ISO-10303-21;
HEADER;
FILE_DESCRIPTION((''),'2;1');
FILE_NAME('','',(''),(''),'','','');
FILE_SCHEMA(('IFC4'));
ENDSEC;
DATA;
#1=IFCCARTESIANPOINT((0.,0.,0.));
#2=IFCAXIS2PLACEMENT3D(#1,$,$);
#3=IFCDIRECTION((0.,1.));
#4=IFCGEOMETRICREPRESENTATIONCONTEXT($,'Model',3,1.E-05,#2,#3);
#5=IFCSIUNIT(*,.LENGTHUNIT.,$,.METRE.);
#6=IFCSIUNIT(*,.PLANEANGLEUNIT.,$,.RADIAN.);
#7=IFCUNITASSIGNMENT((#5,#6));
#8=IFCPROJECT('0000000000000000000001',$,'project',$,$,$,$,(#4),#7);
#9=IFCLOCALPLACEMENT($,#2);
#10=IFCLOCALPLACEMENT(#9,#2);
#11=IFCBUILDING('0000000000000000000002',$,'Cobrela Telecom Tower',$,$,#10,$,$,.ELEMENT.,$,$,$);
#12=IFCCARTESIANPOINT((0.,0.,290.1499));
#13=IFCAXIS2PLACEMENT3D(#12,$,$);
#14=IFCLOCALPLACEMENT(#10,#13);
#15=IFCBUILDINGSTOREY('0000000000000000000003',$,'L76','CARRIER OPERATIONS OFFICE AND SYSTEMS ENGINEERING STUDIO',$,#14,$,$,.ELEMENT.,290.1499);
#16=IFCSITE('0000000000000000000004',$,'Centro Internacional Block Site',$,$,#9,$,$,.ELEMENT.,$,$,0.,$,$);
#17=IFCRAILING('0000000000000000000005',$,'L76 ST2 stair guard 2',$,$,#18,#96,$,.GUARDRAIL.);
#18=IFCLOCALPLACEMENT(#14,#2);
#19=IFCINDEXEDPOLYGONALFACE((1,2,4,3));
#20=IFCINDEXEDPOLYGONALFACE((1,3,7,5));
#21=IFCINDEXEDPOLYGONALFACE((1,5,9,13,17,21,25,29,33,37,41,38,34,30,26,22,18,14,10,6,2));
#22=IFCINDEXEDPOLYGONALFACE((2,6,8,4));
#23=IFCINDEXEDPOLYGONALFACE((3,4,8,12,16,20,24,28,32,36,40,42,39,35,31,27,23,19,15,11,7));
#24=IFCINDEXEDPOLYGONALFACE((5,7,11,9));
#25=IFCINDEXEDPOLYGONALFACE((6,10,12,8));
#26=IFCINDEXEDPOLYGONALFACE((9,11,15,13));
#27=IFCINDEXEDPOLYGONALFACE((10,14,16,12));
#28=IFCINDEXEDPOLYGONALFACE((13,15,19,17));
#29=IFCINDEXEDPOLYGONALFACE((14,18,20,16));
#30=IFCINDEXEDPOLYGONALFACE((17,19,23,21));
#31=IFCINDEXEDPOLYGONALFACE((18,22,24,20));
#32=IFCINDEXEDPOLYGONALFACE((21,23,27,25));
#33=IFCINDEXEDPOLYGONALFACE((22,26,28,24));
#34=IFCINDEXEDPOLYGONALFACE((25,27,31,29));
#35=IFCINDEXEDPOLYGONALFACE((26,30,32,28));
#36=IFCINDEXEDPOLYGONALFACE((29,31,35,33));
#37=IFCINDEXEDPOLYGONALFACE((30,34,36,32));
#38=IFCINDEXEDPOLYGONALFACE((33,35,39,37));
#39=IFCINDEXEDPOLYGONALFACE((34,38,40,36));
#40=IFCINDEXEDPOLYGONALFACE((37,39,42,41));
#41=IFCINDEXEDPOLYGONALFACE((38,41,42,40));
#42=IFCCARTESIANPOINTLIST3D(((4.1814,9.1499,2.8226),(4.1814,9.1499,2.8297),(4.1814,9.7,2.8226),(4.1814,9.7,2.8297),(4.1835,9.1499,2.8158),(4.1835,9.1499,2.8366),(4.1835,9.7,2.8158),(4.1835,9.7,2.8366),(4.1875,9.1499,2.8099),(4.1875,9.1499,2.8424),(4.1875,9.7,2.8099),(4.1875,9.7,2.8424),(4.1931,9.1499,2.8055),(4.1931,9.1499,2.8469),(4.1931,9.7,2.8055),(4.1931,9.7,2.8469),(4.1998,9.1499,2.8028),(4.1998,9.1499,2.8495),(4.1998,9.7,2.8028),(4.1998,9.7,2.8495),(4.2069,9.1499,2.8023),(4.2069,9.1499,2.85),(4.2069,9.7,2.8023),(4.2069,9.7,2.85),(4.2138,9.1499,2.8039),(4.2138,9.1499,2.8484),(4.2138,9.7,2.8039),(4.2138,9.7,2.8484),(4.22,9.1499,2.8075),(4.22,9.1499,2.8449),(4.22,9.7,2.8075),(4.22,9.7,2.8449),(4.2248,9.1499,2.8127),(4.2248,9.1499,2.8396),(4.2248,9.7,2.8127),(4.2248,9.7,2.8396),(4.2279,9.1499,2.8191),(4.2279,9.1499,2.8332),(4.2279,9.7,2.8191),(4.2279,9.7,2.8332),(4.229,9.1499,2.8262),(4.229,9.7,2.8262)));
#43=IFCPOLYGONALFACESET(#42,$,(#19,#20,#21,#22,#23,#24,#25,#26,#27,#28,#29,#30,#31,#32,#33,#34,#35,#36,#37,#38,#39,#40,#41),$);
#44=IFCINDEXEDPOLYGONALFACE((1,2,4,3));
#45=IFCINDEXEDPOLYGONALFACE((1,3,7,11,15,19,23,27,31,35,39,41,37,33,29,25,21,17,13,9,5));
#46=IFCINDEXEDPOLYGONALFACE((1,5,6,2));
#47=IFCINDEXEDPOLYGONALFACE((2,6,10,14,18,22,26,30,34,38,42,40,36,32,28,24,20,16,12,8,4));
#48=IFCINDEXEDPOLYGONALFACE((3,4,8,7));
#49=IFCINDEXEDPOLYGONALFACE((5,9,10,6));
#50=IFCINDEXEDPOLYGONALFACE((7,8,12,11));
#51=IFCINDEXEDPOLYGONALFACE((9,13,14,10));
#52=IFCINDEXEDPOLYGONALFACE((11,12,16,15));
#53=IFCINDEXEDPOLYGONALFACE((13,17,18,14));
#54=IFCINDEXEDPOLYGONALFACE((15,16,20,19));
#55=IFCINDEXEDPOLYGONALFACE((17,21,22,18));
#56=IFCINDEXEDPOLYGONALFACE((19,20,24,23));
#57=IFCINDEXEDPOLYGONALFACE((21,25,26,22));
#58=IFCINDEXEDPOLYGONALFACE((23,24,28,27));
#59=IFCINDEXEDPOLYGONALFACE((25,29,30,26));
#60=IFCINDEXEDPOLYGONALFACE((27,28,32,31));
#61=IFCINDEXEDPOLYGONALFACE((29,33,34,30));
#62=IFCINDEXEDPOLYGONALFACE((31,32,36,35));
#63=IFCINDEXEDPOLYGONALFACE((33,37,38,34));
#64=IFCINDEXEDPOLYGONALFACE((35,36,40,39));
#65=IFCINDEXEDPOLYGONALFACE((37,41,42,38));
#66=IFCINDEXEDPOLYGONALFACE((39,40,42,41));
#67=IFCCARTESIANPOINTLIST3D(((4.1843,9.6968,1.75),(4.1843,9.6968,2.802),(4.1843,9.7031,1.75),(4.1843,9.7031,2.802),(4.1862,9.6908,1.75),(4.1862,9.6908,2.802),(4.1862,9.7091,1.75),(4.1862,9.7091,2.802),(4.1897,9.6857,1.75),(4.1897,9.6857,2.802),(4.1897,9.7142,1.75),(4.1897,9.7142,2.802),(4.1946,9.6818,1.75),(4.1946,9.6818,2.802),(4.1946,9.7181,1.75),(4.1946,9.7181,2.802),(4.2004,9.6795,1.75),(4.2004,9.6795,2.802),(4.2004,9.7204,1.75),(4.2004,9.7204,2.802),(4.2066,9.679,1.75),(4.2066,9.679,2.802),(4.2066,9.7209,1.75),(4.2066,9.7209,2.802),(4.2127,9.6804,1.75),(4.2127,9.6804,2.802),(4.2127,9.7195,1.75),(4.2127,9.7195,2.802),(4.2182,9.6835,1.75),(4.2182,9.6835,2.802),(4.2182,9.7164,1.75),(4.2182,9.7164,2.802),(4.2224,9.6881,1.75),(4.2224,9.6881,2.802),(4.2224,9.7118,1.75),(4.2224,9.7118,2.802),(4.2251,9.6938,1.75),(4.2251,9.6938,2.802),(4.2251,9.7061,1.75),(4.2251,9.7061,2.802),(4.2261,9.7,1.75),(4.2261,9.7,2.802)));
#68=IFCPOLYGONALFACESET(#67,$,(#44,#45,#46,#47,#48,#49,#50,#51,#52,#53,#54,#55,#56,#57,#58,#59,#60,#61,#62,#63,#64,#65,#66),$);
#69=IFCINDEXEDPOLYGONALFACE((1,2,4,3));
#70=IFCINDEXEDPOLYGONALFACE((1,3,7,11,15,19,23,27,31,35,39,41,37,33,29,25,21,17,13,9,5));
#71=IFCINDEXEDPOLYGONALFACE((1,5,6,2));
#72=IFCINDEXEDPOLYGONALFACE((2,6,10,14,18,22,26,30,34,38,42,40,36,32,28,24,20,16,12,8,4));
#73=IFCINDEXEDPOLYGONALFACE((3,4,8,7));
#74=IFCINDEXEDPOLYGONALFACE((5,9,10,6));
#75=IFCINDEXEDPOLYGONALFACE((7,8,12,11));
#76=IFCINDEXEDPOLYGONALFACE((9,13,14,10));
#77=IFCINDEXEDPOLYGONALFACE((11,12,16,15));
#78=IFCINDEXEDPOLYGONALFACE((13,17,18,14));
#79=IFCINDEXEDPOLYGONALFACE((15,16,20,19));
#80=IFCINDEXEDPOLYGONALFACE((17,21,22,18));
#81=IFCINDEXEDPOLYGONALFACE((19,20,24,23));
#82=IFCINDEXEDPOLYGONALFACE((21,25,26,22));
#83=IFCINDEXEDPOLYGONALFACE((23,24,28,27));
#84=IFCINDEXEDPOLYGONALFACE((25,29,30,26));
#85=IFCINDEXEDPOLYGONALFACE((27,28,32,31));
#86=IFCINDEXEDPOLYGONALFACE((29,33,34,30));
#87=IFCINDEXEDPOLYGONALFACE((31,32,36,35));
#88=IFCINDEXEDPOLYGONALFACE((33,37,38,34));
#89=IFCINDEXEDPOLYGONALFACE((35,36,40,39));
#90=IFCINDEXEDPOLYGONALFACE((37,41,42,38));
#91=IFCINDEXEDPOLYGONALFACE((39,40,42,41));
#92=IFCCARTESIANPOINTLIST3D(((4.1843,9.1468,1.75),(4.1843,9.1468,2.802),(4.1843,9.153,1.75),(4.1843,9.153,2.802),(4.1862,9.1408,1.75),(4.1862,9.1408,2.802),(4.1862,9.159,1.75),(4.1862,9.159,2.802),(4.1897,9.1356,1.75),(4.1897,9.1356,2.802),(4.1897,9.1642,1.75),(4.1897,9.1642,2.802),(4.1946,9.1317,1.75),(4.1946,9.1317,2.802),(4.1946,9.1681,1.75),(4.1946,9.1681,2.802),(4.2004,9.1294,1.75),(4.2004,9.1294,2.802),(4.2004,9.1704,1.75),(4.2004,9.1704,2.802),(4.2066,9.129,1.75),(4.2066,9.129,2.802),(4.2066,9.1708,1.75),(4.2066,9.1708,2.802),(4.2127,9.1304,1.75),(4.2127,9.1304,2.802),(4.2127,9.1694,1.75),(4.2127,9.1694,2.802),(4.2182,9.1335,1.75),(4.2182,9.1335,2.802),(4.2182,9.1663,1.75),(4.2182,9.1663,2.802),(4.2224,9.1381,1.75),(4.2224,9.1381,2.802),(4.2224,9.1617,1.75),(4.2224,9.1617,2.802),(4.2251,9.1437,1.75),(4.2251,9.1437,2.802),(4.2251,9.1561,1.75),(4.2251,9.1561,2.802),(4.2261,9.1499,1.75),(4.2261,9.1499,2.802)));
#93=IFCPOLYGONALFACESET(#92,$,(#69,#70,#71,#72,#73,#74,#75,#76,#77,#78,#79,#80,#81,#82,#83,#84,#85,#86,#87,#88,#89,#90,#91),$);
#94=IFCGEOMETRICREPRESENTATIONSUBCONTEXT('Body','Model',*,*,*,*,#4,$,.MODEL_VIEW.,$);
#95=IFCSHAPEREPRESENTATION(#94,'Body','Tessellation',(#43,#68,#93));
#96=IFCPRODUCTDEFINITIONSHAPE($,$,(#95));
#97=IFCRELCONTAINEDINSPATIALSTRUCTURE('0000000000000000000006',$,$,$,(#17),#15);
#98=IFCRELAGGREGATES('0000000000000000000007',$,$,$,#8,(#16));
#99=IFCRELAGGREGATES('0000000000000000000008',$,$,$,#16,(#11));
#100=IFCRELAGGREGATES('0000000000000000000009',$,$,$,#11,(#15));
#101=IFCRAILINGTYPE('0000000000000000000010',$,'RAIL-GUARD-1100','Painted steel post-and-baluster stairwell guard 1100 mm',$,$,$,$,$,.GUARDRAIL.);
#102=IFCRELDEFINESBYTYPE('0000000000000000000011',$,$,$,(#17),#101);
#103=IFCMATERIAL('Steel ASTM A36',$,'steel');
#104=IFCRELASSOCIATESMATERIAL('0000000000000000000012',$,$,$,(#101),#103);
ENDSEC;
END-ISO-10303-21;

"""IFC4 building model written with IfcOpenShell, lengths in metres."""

from ifc_helpers import new_model, si_unit, direction, frame, origin, origin_2d, place, context, subcontext, project, spatial, circle, extrude, material, type_object, element, save


model = new_model("IFC4")

# Units and contexts
model_context = context("Model", 3, precision=1e-05, world=origin(), true_north=direction((0.0, 1.0)))
body_context = subcontext(model_context, "Body", "Model", "MODEL_VIEW")
ifc_project = project(units=[si_unit("LENGTHUNIT", "METRE"), si_unit("PLANEANGLEUNIT", "RADIAN")], contexts=[model_context])

# Site, building, storey
site_placement = place(None, origin())
site = spatial("IfcSite", under=ifc_project, at=site_placement, Name="Centro Internacional Block Site", CompositionType="ELEMENT", RefElevation=0.0)
building_placement = place(site_placement, origin())
building = spatial("IfcBuilding", under=site, at=building_placement, Name="Cobrela Telecom Tower", CompositionType="ELEMENT")
storey_placement = place(building_placement, frame((0.0, 0.0, 290.1499)))
storey = spatial("IfcBuildingStorey", under=building, at=storey_placement, Name="L76", Description="CARRIER OPERATIONS OFFICE AND SYSTEMS ENGINEERING STUDIO", CompositionType="ELEMENT", Elevation=290.1499)

# Railing
ifc_material_1 = material(Name="Steel ASTM A36", Category="steel")
railing_type_1 = type_object("IfcRailingType", Name="RAIL-GUARD-1100", Description="Painted steel post-and-baluster stairwell guard 1100 mm", PredefinedType="GUARDRAIL", material=ifc_material_1)
railing_1_placement = place(storey_placement, frame((4.2051, 9.7, 1.75)))
element("IfcRailing", 1, at=railing_1_placement, inside=storey, type_object=railing_type_1, Name="L76 ST2 stair guard 2", PredefinedType="GUARDRAIL", context=body_context, shape_type="SweptSolid", body=[
    extrude(circle(Radius=0.0239, at=origin_2d()), frame((0.0, 0.0, 1.0762), z_axis=(0.0, -1.0, 0.0), x_axis=(1.0, 0.0, 0.0)), (0.0, 0.0, 1.0), 0.55),
    extrude(circle(Radius=0.021, at=origin_2d()), origin(), (0.0, 0.0, 1.0), 1.052),
    extrude(circle(Radius=0.021, at=origin_2d()), frame((0.0, -0.55, 0.0)), (0.0, 0.0, 1.0), 1.052),
])

save(model, "model.ifc")
